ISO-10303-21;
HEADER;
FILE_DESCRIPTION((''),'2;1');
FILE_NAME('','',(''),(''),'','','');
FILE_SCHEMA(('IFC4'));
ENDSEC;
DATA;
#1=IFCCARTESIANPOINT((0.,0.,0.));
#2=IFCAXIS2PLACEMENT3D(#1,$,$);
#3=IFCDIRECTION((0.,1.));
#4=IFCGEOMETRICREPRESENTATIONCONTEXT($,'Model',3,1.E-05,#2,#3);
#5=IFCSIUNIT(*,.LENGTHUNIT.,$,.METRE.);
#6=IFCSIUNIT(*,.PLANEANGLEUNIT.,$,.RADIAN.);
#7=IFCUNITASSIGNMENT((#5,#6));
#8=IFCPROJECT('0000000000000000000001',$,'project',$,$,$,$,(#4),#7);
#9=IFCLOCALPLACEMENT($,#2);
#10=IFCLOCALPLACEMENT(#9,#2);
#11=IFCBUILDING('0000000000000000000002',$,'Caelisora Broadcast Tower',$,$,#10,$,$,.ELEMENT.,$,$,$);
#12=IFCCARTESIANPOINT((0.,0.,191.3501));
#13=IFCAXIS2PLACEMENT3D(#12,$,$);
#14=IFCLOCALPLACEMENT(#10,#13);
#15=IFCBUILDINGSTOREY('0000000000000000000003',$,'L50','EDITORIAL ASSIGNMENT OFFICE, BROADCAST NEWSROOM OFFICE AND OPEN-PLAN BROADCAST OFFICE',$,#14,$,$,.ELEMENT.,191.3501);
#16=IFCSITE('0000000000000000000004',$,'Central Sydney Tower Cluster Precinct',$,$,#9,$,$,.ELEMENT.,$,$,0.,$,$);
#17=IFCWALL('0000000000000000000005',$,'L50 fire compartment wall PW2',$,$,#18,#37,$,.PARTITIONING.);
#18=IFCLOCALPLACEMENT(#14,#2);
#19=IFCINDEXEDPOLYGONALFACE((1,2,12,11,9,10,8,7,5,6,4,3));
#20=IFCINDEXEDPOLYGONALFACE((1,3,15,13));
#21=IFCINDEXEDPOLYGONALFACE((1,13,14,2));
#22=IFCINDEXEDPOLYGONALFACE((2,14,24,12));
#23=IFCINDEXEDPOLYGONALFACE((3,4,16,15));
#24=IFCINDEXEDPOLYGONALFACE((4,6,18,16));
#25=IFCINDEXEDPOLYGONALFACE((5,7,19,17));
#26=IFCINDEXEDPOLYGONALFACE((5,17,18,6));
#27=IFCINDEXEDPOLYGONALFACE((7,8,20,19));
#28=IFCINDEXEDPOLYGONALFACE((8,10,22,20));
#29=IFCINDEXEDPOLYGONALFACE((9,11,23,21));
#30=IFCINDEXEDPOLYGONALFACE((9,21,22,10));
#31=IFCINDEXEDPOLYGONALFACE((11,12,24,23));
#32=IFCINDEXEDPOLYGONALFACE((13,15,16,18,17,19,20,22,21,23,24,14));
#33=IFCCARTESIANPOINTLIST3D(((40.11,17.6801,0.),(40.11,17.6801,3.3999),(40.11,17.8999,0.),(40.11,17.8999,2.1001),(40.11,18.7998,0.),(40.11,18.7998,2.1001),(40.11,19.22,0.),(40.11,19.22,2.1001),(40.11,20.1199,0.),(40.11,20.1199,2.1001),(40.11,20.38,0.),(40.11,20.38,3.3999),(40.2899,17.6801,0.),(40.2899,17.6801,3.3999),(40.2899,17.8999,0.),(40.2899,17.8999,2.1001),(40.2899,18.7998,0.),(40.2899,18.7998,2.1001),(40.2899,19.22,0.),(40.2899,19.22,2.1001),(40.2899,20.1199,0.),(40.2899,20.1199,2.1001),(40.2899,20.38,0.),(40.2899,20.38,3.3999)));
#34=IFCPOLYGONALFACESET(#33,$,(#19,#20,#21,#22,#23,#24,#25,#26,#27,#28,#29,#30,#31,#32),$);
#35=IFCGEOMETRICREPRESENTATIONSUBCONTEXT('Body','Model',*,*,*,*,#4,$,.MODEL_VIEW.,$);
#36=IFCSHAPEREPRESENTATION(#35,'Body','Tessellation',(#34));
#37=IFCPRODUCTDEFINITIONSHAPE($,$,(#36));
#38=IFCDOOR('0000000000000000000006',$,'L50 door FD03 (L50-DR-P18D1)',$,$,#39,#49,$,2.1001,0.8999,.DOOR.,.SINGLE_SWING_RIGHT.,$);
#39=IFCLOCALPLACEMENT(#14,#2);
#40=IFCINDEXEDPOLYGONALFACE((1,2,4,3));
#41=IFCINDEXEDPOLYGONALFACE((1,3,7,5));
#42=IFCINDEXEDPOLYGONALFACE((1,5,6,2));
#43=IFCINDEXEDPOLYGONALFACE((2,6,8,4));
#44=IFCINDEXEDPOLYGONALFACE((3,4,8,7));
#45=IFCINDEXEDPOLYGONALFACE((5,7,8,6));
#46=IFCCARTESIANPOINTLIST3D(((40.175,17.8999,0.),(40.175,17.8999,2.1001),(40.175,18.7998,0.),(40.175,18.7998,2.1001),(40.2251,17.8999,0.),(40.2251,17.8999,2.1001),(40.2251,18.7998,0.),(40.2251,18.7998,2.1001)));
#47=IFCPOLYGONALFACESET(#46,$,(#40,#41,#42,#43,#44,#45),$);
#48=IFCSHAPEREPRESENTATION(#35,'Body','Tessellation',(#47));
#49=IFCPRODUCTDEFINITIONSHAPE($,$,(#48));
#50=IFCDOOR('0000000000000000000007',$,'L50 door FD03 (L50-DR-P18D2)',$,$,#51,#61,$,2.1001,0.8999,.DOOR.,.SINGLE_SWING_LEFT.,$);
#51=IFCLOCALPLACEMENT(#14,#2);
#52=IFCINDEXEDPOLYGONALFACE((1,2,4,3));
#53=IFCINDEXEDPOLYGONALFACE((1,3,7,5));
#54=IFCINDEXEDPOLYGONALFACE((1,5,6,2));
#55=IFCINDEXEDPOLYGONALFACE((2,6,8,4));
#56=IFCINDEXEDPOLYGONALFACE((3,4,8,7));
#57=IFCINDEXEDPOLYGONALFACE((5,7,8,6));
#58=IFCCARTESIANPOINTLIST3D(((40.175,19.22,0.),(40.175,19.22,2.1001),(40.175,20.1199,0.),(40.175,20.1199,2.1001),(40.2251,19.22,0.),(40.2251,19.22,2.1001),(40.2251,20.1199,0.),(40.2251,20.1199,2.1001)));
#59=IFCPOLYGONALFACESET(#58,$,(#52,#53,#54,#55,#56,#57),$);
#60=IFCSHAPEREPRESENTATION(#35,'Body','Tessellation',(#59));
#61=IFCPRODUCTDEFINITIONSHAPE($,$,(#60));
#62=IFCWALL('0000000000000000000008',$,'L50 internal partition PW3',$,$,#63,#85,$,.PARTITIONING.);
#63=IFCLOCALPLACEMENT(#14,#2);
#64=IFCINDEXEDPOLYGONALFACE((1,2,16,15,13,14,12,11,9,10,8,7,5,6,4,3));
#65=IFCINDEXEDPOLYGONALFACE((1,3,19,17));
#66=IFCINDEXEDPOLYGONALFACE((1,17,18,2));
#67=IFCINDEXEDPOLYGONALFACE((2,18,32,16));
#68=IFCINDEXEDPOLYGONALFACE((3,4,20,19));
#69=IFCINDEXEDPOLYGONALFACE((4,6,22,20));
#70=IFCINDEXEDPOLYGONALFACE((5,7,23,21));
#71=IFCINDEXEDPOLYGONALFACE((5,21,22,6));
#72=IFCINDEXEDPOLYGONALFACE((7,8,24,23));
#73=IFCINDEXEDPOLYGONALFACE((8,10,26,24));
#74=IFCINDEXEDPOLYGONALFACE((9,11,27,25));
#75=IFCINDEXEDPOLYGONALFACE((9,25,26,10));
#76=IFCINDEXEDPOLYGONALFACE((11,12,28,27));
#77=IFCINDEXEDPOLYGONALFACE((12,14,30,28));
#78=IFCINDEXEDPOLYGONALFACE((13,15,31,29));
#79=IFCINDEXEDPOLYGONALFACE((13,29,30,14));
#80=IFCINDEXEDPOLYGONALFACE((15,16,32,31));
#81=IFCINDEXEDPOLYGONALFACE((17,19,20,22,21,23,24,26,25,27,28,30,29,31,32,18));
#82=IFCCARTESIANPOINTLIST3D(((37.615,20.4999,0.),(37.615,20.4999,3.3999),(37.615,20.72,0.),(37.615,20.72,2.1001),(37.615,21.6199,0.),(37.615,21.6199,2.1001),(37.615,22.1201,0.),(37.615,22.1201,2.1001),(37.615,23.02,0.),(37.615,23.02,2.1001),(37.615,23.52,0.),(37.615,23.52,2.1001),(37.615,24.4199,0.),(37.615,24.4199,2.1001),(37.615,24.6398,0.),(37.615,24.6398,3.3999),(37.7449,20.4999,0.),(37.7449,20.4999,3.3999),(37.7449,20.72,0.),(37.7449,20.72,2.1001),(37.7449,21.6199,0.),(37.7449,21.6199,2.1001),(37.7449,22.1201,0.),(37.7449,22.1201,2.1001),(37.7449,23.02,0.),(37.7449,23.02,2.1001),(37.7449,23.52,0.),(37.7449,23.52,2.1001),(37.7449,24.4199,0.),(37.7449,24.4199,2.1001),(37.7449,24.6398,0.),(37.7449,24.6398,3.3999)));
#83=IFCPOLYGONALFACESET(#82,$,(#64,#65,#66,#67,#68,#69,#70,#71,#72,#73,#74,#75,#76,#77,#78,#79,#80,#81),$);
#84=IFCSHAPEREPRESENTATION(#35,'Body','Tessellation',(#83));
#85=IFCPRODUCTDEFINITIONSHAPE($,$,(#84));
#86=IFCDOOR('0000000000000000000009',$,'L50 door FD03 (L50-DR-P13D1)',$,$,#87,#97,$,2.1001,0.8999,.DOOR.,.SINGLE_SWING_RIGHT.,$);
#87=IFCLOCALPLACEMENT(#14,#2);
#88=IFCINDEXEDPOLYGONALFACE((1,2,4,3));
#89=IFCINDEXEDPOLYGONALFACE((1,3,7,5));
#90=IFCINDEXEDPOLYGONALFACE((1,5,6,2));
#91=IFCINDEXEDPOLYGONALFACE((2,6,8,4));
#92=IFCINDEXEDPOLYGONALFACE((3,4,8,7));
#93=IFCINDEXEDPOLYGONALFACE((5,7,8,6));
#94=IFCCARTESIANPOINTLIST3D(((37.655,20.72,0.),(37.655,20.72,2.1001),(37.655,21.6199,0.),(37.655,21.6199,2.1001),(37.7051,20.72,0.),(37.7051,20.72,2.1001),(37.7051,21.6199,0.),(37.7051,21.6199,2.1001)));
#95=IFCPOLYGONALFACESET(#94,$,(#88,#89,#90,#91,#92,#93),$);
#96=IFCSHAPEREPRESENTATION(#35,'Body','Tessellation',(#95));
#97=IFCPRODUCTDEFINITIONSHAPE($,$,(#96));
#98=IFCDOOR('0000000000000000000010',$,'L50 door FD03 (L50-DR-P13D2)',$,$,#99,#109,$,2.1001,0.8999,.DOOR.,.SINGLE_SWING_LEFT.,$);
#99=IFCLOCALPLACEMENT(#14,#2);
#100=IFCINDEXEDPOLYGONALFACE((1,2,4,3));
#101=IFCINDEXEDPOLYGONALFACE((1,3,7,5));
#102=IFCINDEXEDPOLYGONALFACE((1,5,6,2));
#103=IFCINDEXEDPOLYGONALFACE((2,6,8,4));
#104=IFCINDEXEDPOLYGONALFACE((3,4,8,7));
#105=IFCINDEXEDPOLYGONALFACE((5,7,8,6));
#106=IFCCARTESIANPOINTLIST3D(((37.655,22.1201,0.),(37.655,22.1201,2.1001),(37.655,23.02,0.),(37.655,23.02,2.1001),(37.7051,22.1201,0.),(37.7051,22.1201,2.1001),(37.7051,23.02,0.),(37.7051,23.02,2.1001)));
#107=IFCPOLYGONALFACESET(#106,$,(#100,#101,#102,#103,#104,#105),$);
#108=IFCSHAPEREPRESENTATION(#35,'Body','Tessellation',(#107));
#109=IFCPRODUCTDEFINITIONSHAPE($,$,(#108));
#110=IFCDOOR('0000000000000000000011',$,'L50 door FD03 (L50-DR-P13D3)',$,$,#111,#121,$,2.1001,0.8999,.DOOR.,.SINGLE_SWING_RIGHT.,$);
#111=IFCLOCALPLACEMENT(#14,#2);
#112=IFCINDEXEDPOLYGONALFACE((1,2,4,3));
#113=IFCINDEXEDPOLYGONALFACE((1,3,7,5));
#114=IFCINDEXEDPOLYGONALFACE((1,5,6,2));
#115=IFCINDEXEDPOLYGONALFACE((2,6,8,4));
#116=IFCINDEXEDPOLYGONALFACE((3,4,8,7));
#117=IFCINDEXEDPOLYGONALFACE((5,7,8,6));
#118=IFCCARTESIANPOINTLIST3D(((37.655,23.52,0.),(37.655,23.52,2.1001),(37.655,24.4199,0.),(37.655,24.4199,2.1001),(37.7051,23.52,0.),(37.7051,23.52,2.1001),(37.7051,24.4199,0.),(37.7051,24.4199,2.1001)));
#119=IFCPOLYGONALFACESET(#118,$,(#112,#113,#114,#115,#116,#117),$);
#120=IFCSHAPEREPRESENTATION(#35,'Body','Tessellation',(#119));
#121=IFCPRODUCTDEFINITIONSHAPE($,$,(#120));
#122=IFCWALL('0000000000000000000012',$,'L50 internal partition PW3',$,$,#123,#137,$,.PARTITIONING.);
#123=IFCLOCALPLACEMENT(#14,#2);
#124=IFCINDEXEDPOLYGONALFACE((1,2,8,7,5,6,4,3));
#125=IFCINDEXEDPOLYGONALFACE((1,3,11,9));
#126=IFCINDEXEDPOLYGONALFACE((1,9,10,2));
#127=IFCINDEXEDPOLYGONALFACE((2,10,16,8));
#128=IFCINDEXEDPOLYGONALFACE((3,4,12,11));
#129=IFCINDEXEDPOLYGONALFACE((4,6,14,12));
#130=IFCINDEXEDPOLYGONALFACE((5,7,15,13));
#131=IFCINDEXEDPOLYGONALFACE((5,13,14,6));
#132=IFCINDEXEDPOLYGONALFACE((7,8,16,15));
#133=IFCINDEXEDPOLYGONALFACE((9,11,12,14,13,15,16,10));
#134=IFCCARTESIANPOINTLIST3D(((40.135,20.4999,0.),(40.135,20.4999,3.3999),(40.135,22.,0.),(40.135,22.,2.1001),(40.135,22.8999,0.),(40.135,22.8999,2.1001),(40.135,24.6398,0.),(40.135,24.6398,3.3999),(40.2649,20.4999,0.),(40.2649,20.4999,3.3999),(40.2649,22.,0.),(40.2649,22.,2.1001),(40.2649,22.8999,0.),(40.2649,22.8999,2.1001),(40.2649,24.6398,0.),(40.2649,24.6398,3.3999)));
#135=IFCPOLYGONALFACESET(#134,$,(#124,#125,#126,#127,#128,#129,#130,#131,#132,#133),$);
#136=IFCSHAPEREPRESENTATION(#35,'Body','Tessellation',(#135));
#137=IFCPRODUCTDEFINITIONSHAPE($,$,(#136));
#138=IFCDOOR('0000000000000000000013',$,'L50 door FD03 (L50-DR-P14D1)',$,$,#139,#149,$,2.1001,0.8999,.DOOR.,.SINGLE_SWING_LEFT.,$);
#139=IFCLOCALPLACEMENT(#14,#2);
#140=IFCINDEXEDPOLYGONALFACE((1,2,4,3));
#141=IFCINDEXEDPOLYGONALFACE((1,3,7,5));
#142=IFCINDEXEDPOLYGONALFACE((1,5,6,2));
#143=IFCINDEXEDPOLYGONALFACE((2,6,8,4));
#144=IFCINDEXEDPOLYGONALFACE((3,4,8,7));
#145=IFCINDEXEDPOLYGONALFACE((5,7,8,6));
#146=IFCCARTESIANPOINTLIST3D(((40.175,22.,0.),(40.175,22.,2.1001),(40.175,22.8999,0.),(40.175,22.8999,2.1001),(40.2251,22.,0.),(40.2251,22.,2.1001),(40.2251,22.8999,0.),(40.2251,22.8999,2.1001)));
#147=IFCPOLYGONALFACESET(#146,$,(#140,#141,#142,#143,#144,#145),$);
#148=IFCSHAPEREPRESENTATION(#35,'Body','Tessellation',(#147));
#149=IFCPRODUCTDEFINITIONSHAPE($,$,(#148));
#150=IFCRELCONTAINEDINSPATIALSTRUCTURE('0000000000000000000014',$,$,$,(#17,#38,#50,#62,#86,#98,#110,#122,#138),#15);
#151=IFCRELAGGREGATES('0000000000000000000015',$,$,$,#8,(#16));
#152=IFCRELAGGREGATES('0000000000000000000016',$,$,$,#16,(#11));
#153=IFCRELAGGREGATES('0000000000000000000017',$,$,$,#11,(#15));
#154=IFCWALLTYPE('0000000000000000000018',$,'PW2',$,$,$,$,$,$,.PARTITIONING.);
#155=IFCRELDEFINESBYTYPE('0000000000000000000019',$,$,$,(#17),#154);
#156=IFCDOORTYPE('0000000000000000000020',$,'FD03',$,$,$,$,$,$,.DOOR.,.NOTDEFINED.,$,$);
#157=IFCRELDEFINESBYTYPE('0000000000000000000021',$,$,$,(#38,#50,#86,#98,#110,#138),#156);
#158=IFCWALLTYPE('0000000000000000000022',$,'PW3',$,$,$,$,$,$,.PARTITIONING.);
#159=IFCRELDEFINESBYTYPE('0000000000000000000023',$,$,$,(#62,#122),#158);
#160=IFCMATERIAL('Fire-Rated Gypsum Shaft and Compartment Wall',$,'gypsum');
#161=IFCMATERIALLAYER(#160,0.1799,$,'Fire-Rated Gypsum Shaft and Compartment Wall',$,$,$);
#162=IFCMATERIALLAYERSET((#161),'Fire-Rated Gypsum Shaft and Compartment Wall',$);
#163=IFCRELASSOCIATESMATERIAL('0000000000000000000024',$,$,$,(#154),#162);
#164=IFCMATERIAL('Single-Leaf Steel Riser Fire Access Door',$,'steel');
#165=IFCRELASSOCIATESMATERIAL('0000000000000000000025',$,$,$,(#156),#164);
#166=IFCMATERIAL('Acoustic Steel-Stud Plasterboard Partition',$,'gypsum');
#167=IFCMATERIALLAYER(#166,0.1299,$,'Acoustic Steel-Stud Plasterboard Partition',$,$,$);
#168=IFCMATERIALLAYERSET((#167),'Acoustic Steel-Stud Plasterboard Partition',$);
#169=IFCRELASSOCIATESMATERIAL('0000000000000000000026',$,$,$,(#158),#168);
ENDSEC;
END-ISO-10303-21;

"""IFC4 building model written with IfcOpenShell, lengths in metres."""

from ifc_helpers import new_model, si_unit, direction, frame, frame_2d, origin, place, context, subcontext, project, spatial, rectangle, extrude, material, layer, layer_set, type_object, element, fill, save


model = new_model("IFC4")

# Units and contexts
model_context = context("Model", 3, precision=1e-05, world=origin(), true_north=direction((0.0, 1.0)))
body_context = subcontext(model_context, "Body", "Model", "MODEL_VIEW")
ifc_project = project(units=[si_unit("LENGTHUNIT", "METRE"), si_unit("PLANEANGLEUNIT", "RADIAN")], contexts=[model_context])

# Site, building, storey
site_placement = place(None, origin())
site = spatial("IfcSite", under=ifc_project, at=site_placement, Name="Central Sydney Tower Cluster Precinct", CompositionType="ELEMENT", RefElevation=0.0)
building_placement = place(site_placement, origin())
building = spatial("IfcBuilding", under=site, at=building_placement, Name="Caelisora Broadcast Tower", CompositionType="ELEMENT")
storey_placement = place(building_placement, frame((0.0, 0.0, 191.3501)))
storey = spatial("IfcBuildingStorey", under=building, at=storey_placement, Name="L50", Description="EDITORIAL ASSIGNMENT OFFICE, BROADCAST NEWSROOM OFFICE AND OPEN-PLAN BROADCAST OFFICE", CompositionType="ELEMENT", Elevation=191.3501)

# Shared definitions
ifc_material_1 = material(Name="Fire-Rated Gypsum Shaft and Compartment Wall", Category="gypsum")
ifc_layer_1 = layer(ifc_material_1, 0.1799, Name="Fire-Rated Gypsum Shaft and Compartment Wall")
ifc_layer_set_1 = layer_set([ifc_layer_1], Name="Fire-Rated Gypsum Shaft and Compartment Wall")
wall_type_1 = type_object("IfcWallType", Name="PW2", PredefinedType="PARTITIONING", material=ifc_layer_set_1)

# Shared definitions
ifc_material_2 = material(Name="Single-Leaf Steel Riser Fire Access Door", Category="steel")
door_type = type_object("IfcDoorType", Name="FD03", OperationType="NOTDEFINED", PredefinedType="DOOR", material=ifc_material_2)

# Walls, openings, doors
wall_1_placement = place(storey_placement, frame((40.2, 17.6799, 0.0), z_axis=(0.0, 0.0, 1.0), x_axis=(0.0, 1.0, 0.0)))
wall_1 = element("IfcWall", 1, at=wall_1_placement, inside=storey, type_object=wall_type_1, Name="L50 fire compartment wall PW2", PredefinedType="PARTITIONING", context=body_context, shape_type="SweptSolid", body=[
    extrude(rectangle(XDim=2.7, YDim=0.1799, at=frame_2d((1.3501, 0.0))), origin(), (0.0, 0.0, 1.0), 3.3999),
])
opening_1_placement = place(wall_1_placement, frame((0.22, 0.0, 0.0)))
opening_1 = element("IfcOpeningElement", 2, at=opening_1_placement, cuts=wall_1, PredefinedType="OPENING", context=body_context, shape_type="SweptSolid", body=[
    extrude(rectangle(XDim=0.8999, YDim=2.1001, at=frame_2d((0.45, 1.05))), frame((0.0, 0.1021, 0.0), z_axis=(0.0, -1.0, 0.0), x_axis=(1.0, 0.0, 0.0)), (0.0, 0.0, 1.0), 0.2039),
])
opening_2_placement = place(wall_1_placement, frame((1.54, 0.0, 0.0)))
opening_2 = element("IfcOpeningElement", 3, at=opening_2_placement, cuts=wall_1, PredefinedType="OPENING", context=body_context, shape_type="SweptSolid", body=[
    extrude(rectangle(XDim=0.8999, YDim=2.1001, at=frame_2d((0.45, 1.05))), frame((0.0, 0.1021, 0.0), z_axis=(0.0, -1.0, 0.0), x_axis=(1.0, 0.0, 0.0)), (0.0, 0.0, 1.0), 0.2039),
])
door_1_placement = place(opening_1_placement, origin())
door_1 = element("IfcDoor", 4, at=door_1_placement, inside=storey, type_object=door_type, Name="L50 door FD03 (L50-DR-P18D1)", OperationType="SINGLE_SWING_RIGHT", OverallHeight=2.1001, OverallWidth=0.8999, PredefinedType="DOOR", context=body_context, shape_type="SweptSolid", body=[
    extrude(rectangle(XDim=0.8999, YDim=2.1001, at=frame_2d((0.45, 1.05))), frame((0.0, 0.0249, 0.0), z_axis=(0.0, -1.0, 0.0), x_axis=(1.0, 0.0, 0.0)), (0.0, 0.0, 1.0), 0.05),
])
fill(opening_1, door_1)
door_2_placement = place(opening_2_placement, origin())
door_2 = element("IfcDoor", 5, at=door_2_placement, inside=storey, type_object=door_type, Name="L50 door FD03 (L50-DR-P18D2)", OperationType="SINGLE_SWING_LEFT", OverallHeight=2.1001, OverallWidth=0.8999, PredefinedType="DOOR", context=body_context, shape_type="SweptSolid", body=[
    extrude(rectangle(XDim=0.8999, YDim=2.1001, at=frame_2d((0.45, 1.05))), frame((0.0, 0.0249, 0.0), z_axis=(0.0, -1.0, 0.0), x_axis=(1.0, 0.0, 0.0)), (0.0, 0.0, 1.0), 0.05),
])
fill(opening_2, door_2)
ifc_material_3 = material(Name="Acoustic Steel-Stud Plasterboard Partition", Category="gypsum")
ifc_layer_2 = layer(ifc_material_3, 0.1299, Name="Acoustic Steel-Stud Plasterboard Partition")
ifc_layer_set_2 = layer_set([ifc_layer_2], Name="Acoustic Steel-Stud Plasterboard Partition")
wall_type_2 = type_object("IfcWallType", Name="PW3", PredefinedType="PARTITIONING", material=ifc_layer_set_2)
wall_2_placement = place(storey_placement, frame((37.6799, 20.5, 0.0), z_axis=(0.0, 0.0, 1.0), x_axis=(0.0, 1.0, 0.0)))
wall_2 = element("IfcWall", 6, at=wall_2_placement, inside=storey, type_object=wall_type_2, Name="L50 internal partition PW3", PredefinedType="PARTITIONING", context=body_context, shape_type="SweptSolid", body=[
    extrude(rectangle(XDim=4.1399, YDim=0.1299, at=frame_2d((2.0698, 0.0))), origin(), (0.0, 0.0, 1.0), 3.3999),
])
opening_3_placement = place(wall_2_placement, frame((0.22, 0.0, 0.0)))
opening_3 = element("IfcOpeningElement", 7, at=opening_3_placement, cuts=wall_2, PredefinedType="OPENING", context=body_context, shape_type="SweptSolid", body=[
    extrude(rectangle(XDim=0.8999, YDim=2.1001, at=frame_2d((0.45, 1.05))), frame((0.0, 0.0769, 0.0), z_axis=(0.0, -1.0, 0.0), x_axis=(1.0, 0.0, 0.0)), (0.0, 0.0, 1.0), 0.1538),
])
opening_4_placement = place(wall_2_placement, frame((1.6201, 0.0, 0.0)))
opening_4 = element("IfcOpeningElement", 8, at=opening_4_placement, cuts=wall_2, PredefinedType="OPENING", context=body_context, shape_type="SweptSolid", body=[
    extrude(rectangle(XDim=0.8999, YDim=2.1001, at=frame_2d((0.45, 1.05))), frame((0.0, 0.0769, 0.0), z_axis=(0.0, -1.0, 0.0), x_axis=(1.0, 0.0, 0.0)), (0.0, 0.0, 1.0), 0.1538),
])
opening_5_placement = place(wall_2_placement, frame((3.02, 0.0, 0.0)))
opening_5 = element("IfcOpeningElement", 9, at=opening_5_placement, cuts=wall_2, PredefinedType="OPENING", context=body_context, shape_type="SweptSolid", body=[
    extrude(rectangle(XDim=0.8999, YDim=2.1001, at=frame_2d((0.45, 1.05))), frame((0.0, 0.0769, 0.0), z_axis=(0.0, -1.0, 0.0), x_axis=(1.0, 0.0, 0.0)), (0.0, 0.0, 1.0), 0.1538),
])
door_3_placement = place(opening_3_placement, origin())
door_3 = element("IfcDoor", 10, at=door_3_placement, inside=storey, type_object=door_type, Name="L50 door FD03 (L50-DR-P13D1)", OperationType="SINGLE_SWING_RIGHT", OverallHeight=2.1001, OverallWidth=0.8999, PredefinedType="DOOR", context=body_context, shape_type="SweptSolid", body=[
    extrude(rectangle(XDim=0.8999, YDim=2.1001, at=frame_2d((0.45, 1.05))), frame((0.0, 0.0249, 0.0), z_axis=(0.0, -1.0, 0.0), x_axis=(1.0, 0.0, 0.0)), (0.0, 0.0, 1.0), 0.05),
])
fill(opening_3, door_3)
door_4_placement = place(opening_4_placement, origin())
door_4 = element("IfcDoor", 11, at=door_4_placement, inside=storey, type_object=door_type, Name="L50 door FD03 (L50-DR-P13D2)", OperationType="SINGLE_SWING_LEFT", OverallHeight=2.1001, OverallWidth=0.8999, PredefinedType="DOOR", context=body_context, shape_type="SweptSolid", body=[
    extrude(rectangle(XDim=0.8999, YDim=2.1001, at=frame_2d((0.45, 1.05))), frame((0.0, 0.0249, 0.0), z_axis=(0.0, -1.0, 0.0), x_axis=(1.0, 0.0, 0.0)), (0.0, 0.0, 1.0), 0.05),
])
fill(opening_4, door_4)
door_5_placement = place(opening_5_placement, origin())
door_5 = element("IfcDoor", 12, at=door_5_placement, inside=storey, type_object=door_type, Name="L50 door FD03 (L50-DR-P13D3)", OperationType="SINGLE_SWING_RIGHT", OverallHeight=2.1001, OverallWidth=0.8999, PredefinedType="DOOR", context=body_context, shape_type="SweptSolid", body=[
    extrude(rectangle(XDim=0.8999, YDim=2.1001, at=frame_2d((0.45, 1.05))), frame((0.0, 0.0249, 0.0), z_axis=(0.0, -1.0, 0.0), x_axis=(1.0, 0.0, 0.0)), (0.0, 0.0, 1.0), 0.05),
])
fill(opening_5, door_5)

# Wall, opening, door
wall_3_placement = place(storey_placement, frame((40.2, 20.5, 0.0), z_axis=(0.0, 0.0, 1.0), x_axis=(0.0, 1.0, 0.0)))
wall_3 = element("IfcWall", 13, at=wall_3_placement, inside=storey, type_object=wall_type_2, Name="L50 internal partition PW3", PredefinedType="PARTITIONING", context=body_context, shape_type="SweptSolid", body=[
    extrude(rectangle(XDim=4.1399, YDim=0.1299, at=frame_2d((2.0698, 0.0))), origin(), (0.0, 0.0, 1.0), 3.3999),
])
opening_6_placement = place(wall_3_placement, frame((1.5, 0.0, 0.0)))
opening_6 = element("IfcOpeningElement", 14, at=opening_6_placement, cuts=wall_3, PredefinedType="OPENING", context=body_context, shape_type="SweptSolid", body=[
    extrude(rectangle(XDim=0.8999, YDim=2.1001, at=frame_2d((0.45, 1.05))), frame((0.0, 0.0769, 0.0), z_axis=(0.0, -1.0, 0.0), x_axis=(1.0, 0.0, 0.0)), (0.0, 0.0, 1.0), 0.1538),
])
door_6_placement = place(opening_6_placement, origin())
door_6 = element("IfcDoor", 15, at=door_6_placement, inside=storey, type_object=door_type, Name="L50 door FD03 (L50-DR-P14D1)", OperationType="SINGLE_SWING_LEFT", OverallHeight=2.1001, OverallWidth=0.8999, PredefinedType="DOOR", context=body_context, shape_type="SweptSolid", body=[
    extrude(rectangle(XDim=0.8999, YDim=2.1001, at=frame_2d((0.45, 1.05))), frame((0.0, 0.0249, 0.0), z_axis=(0.0, -1.0, 0.0), x_axis=(1.0, 0.0, 0.0)), (0.0, 0.0, 1.0), 0.05),
])
fill(opening_6, door_6)

save(model, "model.ifc")
